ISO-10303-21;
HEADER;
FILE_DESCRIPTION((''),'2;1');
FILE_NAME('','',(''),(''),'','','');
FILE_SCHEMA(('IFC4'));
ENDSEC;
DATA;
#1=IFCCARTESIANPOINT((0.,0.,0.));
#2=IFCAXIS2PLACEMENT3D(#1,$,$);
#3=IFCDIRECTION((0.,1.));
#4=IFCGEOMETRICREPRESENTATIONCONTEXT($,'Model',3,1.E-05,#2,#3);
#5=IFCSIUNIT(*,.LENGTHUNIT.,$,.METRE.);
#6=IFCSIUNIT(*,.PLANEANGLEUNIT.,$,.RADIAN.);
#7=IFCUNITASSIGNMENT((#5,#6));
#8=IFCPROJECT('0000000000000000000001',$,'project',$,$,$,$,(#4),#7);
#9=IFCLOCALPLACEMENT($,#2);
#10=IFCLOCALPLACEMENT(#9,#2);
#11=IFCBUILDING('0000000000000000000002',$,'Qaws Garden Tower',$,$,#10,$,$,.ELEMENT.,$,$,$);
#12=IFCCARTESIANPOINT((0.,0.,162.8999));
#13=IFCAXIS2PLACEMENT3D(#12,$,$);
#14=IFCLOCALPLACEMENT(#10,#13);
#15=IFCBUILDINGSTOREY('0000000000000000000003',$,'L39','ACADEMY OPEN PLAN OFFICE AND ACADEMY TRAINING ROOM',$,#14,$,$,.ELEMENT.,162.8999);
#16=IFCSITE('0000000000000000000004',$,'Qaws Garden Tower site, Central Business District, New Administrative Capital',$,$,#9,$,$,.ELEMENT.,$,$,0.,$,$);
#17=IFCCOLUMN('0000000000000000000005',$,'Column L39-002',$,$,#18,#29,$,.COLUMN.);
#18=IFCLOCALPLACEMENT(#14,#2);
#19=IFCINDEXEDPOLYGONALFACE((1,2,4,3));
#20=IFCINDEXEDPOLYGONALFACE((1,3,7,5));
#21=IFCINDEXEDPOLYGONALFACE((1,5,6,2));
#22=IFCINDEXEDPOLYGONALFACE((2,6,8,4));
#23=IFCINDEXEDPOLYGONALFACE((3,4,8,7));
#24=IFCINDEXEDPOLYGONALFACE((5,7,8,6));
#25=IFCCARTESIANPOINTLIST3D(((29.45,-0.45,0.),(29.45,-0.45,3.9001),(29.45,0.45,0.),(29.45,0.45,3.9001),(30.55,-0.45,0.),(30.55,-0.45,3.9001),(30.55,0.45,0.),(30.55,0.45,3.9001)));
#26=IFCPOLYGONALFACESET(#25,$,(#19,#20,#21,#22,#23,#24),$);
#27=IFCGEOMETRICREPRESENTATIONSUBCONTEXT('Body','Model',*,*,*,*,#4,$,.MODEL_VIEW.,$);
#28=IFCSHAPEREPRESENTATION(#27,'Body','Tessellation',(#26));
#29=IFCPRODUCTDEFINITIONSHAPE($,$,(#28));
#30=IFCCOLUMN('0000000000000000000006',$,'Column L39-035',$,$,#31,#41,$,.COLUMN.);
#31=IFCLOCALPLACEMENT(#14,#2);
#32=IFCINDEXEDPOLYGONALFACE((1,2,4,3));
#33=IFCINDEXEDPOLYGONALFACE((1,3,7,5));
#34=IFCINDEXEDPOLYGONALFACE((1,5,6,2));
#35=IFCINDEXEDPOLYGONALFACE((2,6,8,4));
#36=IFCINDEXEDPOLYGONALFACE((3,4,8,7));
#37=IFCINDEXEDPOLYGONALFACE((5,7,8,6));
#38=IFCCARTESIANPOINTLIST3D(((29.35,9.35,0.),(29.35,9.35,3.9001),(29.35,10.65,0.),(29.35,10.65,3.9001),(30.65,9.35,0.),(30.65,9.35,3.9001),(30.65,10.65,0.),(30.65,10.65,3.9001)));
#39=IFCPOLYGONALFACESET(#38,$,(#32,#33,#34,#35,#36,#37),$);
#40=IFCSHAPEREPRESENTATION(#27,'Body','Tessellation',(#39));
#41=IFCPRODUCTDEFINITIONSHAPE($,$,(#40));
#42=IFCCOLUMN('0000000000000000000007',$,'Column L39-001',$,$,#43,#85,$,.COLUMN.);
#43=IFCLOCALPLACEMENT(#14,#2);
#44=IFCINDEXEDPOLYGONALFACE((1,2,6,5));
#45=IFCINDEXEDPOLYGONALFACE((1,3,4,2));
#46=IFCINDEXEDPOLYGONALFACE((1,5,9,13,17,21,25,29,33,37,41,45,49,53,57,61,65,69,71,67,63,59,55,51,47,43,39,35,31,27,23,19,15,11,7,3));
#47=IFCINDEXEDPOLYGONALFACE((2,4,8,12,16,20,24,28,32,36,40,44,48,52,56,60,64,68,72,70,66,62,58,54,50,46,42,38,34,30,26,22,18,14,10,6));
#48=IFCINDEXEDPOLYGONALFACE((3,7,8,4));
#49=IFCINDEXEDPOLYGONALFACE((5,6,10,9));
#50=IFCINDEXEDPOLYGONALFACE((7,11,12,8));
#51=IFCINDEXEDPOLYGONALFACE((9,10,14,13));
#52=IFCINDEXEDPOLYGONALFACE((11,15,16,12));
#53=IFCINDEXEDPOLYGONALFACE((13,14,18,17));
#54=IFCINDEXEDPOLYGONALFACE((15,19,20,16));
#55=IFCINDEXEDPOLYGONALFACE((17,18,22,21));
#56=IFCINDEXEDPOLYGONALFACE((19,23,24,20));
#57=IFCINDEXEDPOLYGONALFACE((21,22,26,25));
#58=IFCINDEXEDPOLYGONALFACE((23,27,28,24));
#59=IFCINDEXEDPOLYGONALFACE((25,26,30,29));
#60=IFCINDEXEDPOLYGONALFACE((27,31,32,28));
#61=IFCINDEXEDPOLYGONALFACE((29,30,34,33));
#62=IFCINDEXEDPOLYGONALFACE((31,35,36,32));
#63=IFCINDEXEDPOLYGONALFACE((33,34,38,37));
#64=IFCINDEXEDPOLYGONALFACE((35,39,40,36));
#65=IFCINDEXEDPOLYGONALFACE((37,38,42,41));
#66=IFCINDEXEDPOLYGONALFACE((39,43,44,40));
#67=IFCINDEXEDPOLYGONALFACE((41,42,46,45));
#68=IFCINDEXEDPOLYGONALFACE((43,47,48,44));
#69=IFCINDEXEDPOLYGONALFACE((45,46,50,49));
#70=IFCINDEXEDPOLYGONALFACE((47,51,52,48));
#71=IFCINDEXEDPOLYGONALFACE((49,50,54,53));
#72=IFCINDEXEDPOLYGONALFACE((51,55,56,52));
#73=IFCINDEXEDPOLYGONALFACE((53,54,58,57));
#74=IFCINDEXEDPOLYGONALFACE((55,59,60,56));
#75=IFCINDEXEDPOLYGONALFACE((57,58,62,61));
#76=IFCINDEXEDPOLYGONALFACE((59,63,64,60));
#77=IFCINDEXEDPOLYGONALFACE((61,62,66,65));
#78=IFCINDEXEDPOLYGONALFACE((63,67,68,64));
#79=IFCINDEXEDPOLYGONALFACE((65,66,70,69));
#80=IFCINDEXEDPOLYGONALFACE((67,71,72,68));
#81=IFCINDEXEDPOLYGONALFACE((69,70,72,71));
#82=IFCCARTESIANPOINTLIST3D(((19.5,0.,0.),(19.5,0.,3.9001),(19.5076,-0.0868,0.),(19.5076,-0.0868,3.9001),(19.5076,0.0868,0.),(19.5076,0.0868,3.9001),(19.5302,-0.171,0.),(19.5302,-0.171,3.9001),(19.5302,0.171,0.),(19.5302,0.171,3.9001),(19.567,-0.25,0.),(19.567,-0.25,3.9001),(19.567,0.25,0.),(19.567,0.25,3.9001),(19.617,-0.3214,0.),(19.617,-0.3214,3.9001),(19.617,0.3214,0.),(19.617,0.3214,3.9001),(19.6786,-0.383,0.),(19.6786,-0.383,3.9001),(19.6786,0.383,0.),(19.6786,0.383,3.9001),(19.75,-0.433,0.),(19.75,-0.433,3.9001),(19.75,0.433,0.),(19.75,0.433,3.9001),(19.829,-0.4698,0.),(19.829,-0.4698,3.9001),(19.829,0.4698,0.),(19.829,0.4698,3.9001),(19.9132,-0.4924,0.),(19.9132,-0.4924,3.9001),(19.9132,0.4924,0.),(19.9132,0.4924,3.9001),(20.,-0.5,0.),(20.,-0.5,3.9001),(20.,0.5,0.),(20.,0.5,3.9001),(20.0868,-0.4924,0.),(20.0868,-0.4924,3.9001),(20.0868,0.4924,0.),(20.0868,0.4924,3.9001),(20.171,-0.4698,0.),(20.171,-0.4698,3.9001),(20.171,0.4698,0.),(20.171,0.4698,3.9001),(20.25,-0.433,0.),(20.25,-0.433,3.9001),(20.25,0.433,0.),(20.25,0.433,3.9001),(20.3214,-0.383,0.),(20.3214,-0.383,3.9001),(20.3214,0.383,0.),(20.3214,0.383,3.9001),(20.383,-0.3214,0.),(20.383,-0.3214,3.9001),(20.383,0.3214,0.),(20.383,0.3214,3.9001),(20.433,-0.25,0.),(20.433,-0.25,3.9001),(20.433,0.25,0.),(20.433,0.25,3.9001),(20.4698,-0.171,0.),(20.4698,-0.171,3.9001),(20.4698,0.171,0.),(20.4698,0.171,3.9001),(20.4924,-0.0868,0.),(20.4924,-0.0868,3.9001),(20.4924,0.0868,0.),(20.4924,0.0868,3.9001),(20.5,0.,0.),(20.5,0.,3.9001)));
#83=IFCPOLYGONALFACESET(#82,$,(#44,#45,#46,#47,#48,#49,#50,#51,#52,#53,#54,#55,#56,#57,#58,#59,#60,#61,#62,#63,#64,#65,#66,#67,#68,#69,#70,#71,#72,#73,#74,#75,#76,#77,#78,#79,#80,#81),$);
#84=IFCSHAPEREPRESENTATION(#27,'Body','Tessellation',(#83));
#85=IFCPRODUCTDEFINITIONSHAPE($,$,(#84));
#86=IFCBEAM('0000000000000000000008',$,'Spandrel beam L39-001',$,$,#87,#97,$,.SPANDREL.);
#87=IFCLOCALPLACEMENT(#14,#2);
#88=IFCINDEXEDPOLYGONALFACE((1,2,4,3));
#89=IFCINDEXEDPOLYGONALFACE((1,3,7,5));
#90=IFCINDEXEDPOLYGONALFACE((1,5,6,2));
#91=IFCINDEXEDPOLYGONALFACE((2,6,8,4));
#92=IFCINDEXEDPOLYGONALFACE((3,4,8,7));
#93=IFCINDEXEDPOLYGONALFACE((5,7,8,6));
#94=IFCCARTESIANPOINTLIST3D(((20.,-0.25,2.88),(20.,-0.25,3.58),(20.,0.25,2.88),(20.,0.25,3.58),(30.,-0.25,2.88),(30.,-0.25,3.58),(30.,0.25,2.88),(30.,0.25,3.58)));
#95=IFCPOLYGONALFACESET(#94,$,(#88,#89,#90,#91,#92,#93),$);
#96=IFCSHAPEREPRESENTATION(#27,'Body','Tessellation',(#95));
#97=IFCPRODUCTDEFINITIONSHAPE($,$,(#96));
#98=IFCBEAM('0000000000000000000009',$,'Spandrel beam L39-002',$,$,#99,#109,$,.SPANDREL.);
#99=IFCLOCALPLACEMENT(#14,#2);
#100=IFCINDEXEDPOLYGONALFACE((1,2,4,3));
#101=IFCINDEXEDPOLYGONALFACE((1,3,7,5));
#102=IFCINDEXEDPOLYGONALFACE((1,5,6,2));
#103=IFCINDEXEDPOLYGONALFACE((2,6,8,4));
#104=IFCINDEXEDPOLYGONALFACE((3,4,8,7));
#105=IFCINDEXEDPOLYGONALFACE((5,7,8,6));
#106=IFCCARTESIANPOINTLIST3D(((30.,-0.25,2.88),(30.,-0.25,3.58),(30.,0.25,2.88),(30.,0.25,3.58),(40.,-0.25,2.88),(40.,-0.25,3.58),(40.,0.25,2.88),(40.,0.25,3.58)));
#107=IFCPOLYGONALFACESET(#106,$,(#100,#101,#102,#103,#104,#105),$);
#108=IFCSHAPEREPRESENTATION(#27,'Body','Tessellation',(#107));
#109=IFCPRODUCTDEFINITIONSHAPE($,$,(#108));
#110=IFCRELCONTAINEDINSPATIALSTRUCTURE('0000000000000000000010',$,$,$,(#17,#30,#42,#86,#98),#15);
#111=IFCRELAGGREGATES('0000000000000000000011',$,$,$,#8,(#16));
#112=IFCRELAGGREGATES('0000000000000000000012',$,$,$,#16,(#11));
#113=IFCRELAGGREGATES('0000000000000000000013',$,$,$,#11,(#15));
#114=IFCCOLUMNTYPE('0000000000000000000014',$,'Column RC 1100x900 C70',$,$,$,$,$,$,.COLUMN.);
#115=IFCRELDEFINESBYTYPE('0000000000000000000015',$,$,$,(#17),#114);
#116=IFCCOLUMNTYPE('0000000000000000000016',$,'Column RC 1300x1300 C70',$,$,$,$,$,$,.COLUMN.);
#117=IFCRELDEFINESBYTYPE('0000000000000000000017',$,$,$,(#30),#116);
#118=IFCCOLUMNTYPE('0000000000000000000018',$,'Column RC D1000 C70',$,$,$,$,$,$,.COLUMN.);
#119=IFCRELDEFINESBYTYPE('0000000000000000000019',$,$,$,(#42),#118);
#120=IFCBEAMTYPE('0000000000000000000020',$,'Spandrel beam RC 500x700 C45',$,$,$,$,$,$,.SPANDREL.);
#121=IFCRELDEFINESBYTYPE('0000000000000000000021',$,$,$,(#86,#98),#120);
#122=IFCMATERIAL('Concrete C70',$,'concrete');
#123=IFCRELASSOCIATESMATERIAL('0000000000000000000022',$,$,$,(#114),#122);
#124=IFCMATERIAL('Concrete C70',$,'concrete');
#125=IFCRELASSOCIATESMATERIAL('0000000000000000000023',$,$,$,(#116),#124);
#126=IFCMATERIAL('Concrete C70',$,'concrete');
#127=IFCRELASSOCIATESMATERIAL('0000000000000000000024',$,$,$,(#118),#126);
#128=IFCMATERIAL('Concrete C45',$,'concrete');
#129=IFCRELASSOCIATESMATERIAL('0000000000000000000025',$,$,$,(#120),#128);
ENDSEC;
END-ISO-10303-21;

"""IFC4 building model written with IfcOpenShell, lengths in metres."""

from ifc_helpers import new_model, si_unit, direction, frame, origin, origin_2d, place, context, subcontext, project, spatial, rectangle, circle, extrude, material, material_profile, profile_set, type_object, element, save


model = new_model("IFC4")

# Units and contexts
model_context = context("Model", 3, precision=1e-05, world=origin(), true_north=direction((0.0, 1.0)))
body_context = subcontext(model_context, "Body", "Model", "MODEL_VIEW")
ifc_project = project(units=[si_unit("LENGTHUNIT", "METRE"), si_unit("PLANEANGLEUNIT", "RADIAN")], contexts=[model_context])

# Site, building, storey
site_placement = place(None, origin())
site = spatial("IfcSite", under=ifc_project, at=site_placement, Name="Qaws Garden Tower site, Central Business District, New Administrative Capital", CompositionType="ELEMENT", RefElevation=0.0)
building_placement = place(site_placement, origin())
building = spatial("IfcBuilding", under=site, at=building_placement, Name="Qaws Garden Tower", CompositionType="ELEMENT")
storey_placement = place(building_placement, frame((0.0, 0.0, 162.8999)))
storey = spatial("IfcBuildingStorey", under=building, at=storey_placement, Name="L39", Description="ACADEMY OPEN PLAN OFFICE AND ACADEMY TRAINING ROOM", CompositionType="ELEMENT", Elevation=162.8999)

# Columns
ifc_material_1 = material(Name="Concrete C70", Category="concrete")
ifc_material_profile_1 = material_profile(ifc_material_1, rectangle(XDim=1.1001, YDim=0.8999, at=origin_2d()), Name="RC 1100x900")
ifc_profile_set_1 = profile_set([ifc_material_profile_1], Name="Concrete C70")
column_type_1 = type_object("IfcColumnType", Name="Column RC 1100x900 C70", PredefinedType="COLUMN", material=ifc_profile_set_1)
column_1_placement = place(storey_placement, frame((30.0, 0.0, 0.0), z_axis=(0.0, 0.0, 1.0), x_axis=(1.0, 0.0, 0.0)))
element("IfcColumn", 1, at=column_1_placement, inside=storey, type_object=column_type_1, Name="Column L39-002", PredefinedType="COLUMN", context=body_context, shape_type="SweptSolid", body=[
    extrude(rectangle(XDim=1.1001, YDim=0.8999, at=origin_2d()), origin(), (0.0, 0.0, 1.0), 3.9001),
])
ifc_material_2 = material(Name="Concrete C70", Category="concrete")
ifc_material_profile_2 = material_profile(ifc_material_2, rectangle(XDim=1.3, YDim=1.3, at=origin_2d()), Name="RC 1300x1300")
ifc_profile_set_2 = profile_set([ifc_material_profile_2], Name="Concrete C70")
column_type_2 = type_object("IfcColumnType", Name="Column RC 1300x1300 C70", PredefinedType="COLUMN", material=ifc_profile_set_2)
column_2_placement = place(storey_placement, frame((30.0, 10.0, 0.0), z_axis=(0.0, 0.0, 1.0), x_axis=(1.0, 0.0, 0.0)))
element("IfcColumn", 2, at=column_2_placement, inside=storey, type_object=column_type_2, Name="Column L39-035", PredefinedType="COLUMN", context=body_context, shape_type="SweptSolid", body=[
    extrude(rectangle(XDim=1.3, YDim=1.3, at=origin_2d()), origin(), (0.0, 0.0, 1.0), 3.9001),
])
ifc_material_3 = material(Name="Concrete C70", Category="concrete")
ifc_material_profile_3 = material_profile(ifc_material_3, circle(Radius=0.5, at=origin_2d()), Name="RC D1000")
ifc_profile_set_3 = profile_set([ifc_material_profile_3], Name="Concrete C70")
column_type_3 = type_object("IfcColumnType", Name="Column RC D1000 C70", PredefinedType="COLUMN", material=ifc_profile_set_3)
column_3_placement = place(storey_placement, frame((20.0, 0.0, 0.0), z_axis=(0.0, 0.0, 1.0), x_axis=(1.0, 0.0, 0.0)))
element("IfcColumn", 3, at=column_3_placement, inside=storey, type_object=column_type_3, Name="Column L39-001", PredefinedType="COLUMN", context=body_context, shape_type="SweptSolid", body=[
    extrude(circle(Radius=0.5, at=origin_2d()), origin(), (0.0, 0.0, 1.0), 3.9001),
])

# Beams
ifc_material_4 = material(Name="Concrete C45", Category="concrete")
ifc_material_profile_4 = material_profile(ifc_material_4, rectangle(XDim=0.5, YDim=0.7, at=origin_2d()), Name="RC 500x700")
ifc_profile_set_4 = profile_set([ifc_material_profile_4], Name="Concrete C45")
beam_type = type_object("IfcBeamType", Name="Spandrel beam RC 500x700 C45", PredefinedType="SPANDREL", material=ifc_profile_set_4)
for number, where, z_axis, x_axis, name in (
    (4, (20.0, 0.0, 3.23), (1.0, 0.0, 0.0), (0.0, 1.0, 0.0), "Spandrel beam L39-001"),
    (5, (30.0, 0.0, 3.23), (1.0, 0.0, 0.0), (0.0, 1.0, 0.0), "Spandrel beam L39-002"),
):
    element("IfcBeam", number, at=place(storey_placement, frame(where, z_axis=z_axis, x_axis=x_axis)), inside=storey, type_object=beam_type, Name=name, PredefinedType="SPANDREL", context=body_context, shape_type="SweptSolid", body=[
        extrude(rectangle(XDim=0.5, YDim=0.7, at=origin_2d()), origin(), (0.0, 0.0, 1.0), 10.0),
    ])

save(model, "model.ifc")
